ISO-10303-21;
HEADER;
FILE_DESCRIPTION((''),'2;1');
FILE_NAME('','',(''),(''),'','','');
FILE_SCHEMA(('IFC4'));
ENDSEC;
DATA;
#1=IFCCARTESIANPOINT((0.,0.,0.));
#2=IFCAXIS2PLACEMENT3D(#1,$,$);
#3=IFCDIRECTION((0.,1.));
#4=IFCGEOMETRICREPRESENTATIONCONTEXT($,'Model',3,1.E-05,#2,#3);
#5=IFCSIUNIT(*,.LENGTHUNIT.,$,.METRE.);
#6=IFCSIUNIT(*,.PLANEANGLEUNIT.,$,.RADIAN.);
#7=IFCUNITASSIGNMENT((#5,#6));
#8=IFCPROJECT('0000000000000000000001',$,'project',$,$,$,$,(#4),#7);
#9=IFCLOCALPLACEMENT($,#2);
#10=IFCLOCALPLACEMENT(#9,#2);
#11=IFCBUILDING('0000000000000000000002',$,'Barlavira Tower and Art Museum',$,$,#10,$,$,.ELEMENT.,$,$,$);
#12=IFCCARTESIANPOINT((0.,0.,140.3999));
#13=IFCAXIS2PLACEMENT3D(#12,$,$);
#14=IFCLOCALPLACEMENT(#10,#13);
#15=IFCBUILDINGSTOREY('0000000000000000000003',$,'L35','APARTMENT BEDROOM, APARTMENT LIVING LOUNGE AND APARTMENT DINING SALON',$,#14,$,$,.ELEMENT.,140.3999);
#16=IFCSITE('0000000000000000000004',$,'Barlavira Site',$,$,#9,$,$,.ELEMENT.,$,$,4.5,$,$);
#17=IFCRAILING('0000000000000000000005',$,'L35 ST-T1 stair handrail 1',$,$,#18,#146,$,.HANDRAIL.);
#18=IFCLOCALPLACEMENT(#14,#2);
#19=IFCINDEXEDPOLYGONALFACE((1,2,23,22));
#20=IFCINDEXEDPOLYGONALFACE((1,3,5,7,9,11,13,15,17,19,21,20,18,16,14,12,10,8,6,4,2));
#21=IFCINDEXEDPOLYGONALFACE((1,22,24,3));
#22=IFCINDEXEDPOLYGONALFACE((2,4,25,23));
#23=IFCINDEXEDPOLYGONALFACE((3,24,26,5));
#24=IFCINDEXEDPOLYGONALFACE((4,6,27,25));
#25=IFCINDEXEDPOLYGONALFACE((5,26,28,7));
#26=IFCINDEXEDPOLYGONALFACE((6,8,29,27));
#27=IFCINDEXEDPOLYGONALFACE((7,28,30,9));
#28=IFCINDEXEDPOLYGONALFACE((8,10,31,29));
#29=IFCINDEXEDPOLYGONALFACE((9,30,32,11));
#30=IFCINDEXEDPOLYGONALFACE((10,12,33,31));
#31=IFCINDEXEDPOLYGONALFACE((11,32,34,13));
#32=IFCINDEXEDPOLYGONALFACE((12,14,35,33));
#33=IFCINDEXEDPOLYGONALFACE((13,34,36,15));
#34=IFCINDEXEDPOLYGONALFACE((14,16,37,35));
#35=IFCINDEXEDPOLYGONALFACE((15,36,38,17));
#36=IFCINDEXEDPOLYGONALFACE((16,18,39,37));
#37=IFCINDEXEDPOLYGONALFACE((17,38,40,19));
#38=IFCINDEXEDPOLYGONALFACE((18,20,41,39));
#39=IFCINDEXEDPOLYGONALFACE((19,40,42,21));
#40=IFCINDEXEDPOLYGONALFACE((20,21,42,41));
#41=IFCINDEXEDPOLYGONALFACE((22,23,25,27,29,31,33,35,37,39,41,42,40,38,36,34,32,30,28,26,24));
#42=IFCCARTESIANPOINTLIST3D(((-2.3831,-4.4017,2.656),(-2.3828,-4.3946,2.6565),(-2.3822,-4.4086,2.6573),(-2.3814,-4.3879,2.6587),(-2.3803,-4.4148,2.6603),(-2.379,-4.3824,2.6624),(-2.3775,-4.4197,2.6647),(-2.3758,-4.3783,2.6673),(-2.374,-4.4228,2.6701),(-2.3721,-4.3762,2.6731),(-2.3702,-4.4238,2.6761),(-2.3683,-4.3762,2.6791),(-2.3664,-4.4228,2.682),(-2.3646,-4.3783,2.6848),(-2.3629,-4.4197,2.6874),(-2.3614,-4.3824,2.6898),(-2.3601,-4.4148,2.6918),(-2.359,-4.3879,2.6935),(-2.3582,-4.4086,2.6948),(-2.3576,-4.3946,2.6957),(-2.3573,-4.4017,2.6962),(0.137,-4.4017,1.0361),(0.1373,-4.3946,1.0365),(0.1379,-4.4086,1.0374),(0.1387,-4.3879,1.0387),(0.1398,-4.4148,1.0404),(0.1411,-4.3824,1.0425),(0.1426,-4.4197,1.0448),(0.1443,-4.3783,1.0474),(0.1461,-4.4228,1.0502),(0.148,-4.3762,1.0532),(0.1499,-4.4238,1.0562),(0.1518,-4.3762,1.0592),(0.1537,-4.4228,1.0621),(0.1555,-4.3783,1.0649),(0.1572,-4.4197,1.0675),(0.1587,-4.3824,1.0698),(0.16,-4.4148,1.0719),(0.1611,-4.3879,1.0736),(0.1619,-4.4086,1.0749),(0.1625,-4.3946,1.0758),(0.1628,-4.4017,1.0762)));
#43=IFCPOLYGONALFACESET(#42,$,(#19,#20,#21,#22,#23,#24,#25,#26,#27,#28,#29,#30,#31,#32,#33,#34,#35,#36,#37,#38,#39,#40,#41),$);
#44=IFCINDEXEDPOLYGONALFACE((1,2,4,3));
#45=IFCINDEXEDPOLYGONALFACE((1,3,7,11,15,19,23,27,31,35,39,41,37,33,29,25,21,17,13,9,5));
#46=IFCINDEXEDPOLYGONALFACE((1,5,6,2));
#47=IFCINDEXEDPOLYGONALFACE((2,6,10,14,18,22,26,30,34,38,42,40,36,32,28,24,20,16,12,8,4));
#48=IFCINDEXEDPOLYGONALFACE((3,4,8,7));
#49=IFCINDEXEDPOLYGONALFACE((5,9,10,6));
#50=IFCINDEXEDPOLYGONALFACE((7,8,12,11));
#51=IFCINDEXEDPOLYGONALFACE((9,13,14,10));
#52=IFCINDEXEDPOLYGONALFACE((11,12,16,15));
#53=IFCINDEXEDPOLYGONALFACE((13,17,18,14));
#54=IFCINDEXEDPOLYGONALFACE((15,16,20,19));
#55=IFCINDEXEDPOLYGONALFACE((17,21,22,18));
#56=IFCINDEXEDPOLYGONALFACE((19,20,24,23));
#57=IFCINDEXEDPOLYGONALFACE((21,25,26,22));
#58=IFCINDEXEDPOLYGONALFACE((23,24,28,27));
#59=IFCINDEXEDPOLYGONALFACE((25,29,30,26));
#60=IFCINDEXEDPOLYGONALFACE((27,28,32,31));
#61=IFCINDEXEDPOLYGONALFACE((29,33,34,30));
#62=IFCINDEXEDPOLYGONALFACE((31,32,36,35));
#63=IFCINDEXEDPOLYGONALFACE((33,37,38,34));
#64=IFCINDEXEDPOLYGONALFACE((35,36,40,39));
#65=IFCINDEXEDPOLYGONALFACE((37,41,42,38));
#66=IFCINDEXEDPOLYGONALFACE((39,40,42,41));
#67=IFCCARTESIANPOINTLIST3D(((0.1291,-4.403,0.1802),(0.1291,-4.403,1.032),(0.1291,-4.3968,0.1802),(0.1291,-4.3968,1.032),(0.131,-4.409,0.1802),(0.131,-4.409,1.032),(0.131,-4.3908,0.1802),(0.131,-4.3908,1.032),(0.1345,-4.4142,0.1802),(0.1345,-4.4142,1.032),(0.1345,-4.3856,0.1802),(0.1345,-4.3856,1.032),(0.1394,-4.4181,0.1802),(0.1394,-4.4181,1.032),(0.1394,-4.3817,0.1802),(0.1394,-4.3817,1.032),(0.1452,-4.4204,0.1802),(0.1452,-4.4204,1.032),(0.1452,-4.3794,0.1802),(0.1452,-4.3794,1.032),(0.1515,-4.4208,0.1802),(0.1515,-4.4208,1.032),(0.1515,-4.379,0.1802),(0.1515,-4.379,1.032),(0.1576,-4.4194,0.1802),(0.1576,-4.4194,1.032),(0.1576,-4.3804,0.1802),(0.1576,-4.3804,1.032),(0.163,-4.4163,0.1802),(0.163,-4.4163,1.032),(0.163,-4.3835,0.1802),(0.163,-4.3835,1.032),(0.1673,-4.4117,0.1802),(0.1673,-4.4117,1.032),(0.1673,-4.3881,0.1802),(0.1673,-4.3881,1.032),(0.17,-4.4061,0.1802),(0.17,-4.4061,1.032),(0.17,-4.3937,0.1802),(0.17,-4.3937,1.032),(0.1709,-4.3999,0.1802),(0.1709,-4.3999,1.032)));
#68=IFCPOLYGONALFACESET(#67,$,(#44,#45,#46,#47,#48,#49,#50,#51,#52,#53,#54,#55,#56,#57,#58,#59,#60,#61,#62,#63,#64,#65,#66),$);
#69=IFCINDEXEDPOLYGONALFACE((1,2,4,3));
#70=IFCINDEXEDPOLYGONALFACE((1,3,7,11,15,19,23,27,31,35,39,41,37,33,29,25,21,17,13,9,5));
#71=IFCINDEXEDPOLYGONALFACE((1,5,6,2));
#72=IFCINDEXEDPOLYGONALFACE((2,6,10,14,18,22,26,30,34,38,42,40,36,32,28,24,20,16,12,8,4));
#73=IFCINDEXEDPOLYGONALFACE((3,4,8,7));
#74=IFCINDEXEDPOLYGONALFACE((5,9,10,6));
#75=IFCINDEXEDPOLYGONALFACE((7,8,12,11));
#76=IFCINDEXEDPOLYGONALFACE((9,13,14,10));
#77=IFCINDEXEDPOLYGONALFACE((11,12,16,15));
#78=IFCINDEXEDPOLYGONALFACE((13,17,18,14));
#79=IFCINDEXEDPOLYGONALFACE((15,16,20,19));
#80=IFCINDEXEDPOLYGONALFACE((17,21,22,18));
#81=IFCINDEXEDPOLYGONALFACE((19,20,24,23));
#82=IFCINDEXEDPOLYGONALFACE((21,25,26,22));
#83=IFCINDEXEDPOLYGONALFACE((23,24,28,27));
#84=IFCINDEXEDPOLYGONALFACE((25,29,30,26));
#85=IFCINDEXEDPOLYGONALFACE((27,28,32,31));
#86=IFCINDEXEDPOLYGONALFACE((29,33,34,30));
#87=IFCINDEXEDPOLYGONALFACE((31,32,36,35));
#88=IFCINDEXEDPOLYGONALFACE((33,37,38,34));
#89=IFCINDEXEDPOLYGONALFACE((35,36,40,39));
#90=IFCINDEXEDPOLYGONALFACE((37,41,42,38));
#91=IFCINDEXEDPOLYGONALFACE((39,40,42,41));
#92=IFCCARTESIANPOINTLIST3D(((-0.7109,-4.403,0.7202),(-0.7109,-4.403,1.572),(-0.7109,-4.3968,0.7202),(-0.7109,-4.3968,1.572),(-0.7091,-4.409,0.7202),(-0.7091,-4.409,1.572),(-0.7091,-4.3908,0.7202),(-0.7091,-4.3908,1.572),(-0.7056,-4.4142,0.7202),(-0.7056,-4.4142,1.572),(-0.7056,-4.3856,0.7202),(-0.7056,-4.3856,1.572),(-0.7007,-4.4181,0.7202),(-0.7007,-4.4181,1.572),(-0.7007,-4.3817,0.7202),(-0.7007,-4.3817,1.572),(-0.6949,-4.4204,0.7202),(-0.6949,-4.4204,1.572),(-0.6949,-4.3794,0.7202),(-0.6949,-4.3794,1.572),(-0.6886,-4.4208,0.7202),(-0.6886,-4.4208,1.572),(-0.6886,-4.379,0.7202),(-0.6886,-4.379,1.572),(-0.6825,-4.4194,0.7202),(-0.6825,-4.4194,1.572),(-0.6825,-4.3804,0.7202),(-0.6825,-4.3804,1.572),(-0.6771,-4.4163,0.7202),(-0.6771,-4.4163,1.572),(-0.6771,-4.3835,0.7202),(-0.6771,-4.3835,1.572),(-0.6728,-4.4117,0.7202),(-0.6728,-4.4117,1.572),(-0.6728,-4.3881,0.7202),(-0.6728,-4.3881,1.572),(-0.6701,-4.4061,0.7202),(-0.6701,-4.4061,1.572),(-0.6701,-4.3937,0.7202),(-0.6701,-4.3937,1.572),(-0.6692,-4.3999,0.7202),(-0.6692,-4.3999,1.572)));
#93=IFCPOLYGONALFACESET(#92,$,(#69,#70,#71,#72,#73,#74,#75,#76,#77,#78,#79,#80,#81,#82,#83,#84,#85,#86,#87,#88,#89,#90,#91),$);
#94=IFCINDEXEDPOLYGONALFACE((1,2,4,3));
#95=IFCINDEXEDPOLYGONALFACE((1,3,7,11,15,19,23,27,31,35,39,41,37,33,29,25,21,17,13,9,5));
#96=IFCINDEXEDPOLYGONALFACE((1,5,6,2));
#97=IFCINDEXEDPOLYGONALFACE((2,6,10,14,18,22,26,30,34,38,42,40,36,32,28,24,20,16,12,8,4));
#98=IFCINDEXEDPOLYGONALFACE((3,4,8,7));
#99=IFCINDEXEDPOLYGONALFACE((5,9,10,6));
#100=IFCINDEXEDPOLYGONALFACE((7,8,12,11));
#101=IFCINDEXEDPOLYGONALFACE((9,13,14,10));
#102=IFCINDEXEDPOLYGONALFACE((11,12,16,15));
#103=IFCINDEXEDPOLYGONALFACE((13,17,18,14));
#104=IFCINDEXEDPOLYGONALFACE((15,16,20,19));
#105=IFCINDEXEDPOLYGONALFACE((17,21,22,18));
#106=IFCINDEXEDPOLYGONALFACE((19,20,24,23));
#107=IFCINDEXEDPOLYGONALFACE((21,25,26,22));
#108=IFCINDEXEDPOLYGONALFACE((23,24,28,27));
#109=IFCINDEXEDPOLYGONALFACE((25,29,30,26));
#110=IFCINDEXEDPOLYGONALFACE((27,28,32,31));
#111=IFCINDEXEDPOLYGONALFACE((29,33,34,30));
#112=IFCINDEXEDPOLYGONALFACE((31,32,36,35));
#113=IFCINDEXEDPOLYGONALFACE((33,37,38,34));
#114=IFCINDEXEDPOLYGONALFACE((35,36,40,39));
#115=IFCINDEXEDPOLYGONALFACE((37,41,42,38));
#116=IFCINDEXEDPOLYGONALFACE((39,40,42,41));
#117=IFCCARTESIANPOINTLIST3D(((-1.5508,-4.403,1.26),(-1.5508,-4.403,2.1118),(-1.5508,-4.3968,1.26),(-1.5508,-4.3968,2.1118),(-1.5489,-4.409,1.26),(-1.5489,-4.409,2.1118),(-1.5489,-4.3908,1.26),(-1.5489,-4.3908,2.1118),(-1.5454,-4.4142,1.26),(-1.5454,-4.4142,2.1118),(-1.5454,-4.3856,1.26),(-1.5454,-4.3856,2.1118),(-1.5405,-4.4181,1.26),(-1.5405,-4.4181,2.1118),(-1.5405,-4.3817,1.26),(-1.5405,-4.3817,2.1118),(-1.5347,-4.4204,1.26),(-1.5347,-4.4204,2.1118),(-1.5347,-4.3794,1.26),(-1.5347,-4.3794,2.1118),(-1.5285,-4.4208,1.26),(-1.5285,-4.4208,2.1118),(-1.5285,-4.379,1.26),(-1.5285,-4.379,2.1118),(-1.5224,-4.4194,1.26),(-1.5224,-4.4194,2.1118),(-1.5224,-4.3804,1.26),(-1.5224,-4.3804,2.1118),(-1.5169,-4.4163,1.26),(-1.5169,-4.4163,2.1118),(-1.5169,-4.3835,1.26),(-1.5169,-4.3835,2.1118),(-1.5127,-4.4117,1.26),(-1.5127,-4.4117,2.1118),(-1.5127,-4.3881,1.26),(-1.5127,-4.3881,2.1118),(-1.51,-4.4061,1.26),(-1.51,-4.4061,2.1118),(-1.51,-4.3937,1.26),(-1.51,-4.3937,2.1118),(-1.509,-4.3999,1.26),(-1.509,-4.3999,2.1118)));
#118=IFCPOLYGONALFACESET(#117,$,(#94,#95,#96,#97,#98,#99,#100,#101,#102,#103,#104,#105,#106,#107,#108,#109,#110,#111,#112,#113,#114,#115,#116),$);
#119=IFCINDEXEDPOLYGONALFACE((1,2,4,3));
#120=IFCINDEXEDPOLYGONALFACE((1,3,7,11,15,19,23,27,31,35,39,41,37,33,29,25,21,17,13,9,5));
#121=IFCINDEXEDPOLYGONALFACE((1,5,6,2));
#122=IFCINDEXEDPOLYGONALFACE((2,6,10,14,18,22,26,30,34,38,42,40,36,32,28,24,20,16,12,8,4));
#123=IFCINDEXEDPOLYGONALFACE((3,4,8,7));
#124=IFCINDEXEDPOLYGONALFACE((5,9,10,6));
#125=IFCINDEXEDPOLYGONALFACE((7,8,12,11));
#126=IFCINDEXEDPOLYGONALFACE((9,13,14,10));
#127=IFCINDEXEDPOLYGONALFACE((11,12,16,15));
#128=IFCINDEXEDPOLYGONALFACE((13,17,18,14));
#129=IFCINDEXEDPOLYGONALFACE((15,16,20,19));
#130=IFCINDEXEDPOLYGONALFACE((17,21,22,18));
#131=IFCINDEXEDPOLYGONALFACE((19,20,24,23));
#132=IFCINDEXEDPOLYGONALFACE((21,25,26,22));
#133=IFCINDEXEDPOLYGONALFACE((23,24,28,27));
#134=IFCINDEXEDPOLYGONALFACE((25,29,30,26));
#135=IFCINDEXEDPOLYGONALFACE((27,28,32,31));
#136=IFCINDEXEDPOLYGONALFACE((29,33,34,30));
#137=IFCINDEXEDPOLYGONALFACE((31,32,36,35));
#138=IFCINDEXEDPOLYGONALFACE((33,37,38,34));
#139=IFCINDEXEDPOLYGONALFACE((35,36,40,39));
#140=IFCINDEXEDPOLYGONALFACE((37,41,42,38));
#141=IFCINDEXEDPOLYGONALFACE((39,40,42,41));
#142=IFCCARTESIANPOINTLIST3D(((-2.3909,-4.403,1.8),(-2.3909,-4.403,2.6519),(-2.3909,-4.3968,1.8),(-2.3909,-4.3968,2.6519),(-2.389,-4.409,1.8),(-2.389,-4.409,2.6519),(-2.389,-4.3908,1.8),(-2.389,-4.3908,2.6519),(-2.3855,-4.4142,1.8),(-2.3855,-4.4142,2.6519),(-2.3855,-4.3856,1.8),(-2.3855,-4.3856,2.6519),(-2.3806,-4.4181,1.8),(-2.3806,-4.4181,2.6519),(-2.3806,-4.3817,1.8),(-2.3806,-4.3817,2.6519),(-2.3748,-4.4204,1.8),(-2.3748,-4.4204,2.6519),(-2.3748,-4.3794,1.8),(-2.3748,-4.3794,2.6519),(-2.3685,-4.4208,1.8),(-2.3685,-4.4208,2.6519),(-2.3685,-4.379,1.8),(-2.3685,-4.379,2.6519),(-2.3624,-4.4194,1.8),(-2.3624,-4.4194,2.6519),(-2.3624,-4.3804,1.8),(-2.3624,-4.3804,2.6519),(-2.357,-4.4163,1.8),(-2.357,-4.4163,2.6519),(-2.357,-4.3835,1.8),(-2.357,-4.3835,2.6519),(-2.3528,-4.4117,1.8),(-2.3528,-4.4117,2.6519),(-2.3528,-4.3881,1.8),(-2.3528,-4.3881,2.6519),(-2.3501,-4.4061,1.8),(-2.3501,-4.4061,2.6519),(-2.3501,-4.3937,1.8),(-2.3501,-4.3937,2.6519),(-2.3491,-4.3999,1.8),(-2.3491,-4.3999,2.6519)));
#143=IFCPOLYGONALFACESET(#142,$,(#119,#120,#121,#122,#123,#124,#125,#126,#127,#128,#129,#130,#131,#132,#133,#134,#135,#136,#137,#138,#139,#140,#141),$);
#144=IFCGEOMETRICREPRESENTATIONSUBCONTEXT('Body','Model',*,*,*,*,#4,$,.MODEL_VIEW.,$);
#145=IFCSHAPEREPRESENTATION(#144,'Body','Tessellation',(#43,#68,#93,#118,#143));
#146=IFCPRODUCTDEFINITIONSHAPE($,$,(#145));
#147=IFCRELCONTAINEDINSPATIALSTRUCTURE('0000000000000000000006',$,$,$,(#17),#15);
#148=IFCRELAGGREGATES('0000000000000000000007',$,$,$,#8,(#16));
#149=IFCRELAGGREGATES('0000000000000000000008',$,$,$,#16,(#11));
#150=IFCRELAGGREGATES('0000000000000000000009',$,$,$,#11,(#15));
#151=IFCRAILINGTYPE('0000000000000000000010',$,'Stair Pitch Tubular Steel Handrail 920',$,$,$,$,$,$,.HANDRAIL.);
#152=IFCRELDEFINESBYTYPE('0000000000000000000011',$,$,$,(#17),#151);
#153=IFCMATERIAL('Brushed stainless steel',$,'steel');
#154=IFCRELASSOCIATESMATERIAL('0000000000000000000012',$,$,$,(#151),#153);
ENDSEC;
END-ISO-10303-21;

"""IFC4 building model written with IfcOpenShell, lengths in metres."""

from ifc_helpers import new_model, si_unit, direction, frame, origin, origin_2d, place, context, subcontext, project, spatial, circle, extrude, material, type_object, element, save


model = new_model("IFC4")

# Units and contexts
model_context = context("Model", 3, precision=1e-05, world=origin(), true_north=direction((0.0, 1.0)))
body_context = subcontext(model_context, "Body", "Model", "MODEL_VIEW")
ifc_project = project(units=[si_unit("LENGTHUNIT", "METRE"), si_unit("PLANEANGLEUNIT", "RADIAN")], contexts=[model_context])

# Site, building, storey
site_placement = place(None, origin())
site = spatial("IfcSite", under=ifc_project, at=site_placement, Name="Barlavira Site", CompositionType="ELEMENT", RefElevation=4.5)
building_placement = place(site_placement, origin())
building = spatial("IfcBuilding", under=site, at=building_placement, Name="Barlavira Tower and Art Museum", CompositionType="ELEMENT")
storey_placement = place(building_placement, frame((0.0, 0.0, 140.3999)))
storey = spatial("IfcBuildingStorey", under=building, at=storey_placement, Name="L35", Description="APARTMENT BEDROOM, APARTMENT LIVING LOUNGE AND APARTMENT DINING SALON", CompositionType="ELEMENT", Elevation=140.3999)

# Shared definitions
ifc_material_1 = material(Name="Brushed stainless steel", Category="steel")

# Railing
railing_type_1 = type_object("IfcRailingType", Name="Stair Pitch Tubular Steel Handrail 920", PredefinedType="HANDRAIL", material=ifc_material_1)
railing_1_placement = place(storey_placement, frame((0.1499, -4.3999, 0.1802)))
element("IfcRailing", 1, at=railing_1_placement, inside=storey, type_object=railing_type_1, Name="L35 ST-T1 stair handrail 1", PredefinedType="HANDRAIL", context=body_context, shape_type="SweptSolid", body=[
    extrude(circle(Radius=0.0239, at=origin_2d()), frame((0.0, 0.0, 0.876), z_axis=(-0.8412, 0.0, 0.540725), x_axis=(0.0, -1.0, 0.0)), (0.0, 0.0, 1.0), 2.9958),
    extrude(circle(Radius=0.021, at=origin_2d()), origin(), (0.0, 0.0, 1.0), 0.8518),
    extrude(circle(Radius=0.021, at=origin_2d()), frame((-0.8401, 0.0, 0.54)), (0.0, 0.0, 1.0), 0.8518),
    extrude(circle(Radius=0.021, at=origin_2d()), frame((-1.6799, 0.0, 1.0798)), (0.0, 0.0, 1.0), 0.8518),
    extrude(circle(Radius=0.021, at=origin_2d()), frame((-2.52, 0.0, 1.6199)), (0.0, 0.0, 1.0), 0.8518),
])

save(model, "model.ifc")
